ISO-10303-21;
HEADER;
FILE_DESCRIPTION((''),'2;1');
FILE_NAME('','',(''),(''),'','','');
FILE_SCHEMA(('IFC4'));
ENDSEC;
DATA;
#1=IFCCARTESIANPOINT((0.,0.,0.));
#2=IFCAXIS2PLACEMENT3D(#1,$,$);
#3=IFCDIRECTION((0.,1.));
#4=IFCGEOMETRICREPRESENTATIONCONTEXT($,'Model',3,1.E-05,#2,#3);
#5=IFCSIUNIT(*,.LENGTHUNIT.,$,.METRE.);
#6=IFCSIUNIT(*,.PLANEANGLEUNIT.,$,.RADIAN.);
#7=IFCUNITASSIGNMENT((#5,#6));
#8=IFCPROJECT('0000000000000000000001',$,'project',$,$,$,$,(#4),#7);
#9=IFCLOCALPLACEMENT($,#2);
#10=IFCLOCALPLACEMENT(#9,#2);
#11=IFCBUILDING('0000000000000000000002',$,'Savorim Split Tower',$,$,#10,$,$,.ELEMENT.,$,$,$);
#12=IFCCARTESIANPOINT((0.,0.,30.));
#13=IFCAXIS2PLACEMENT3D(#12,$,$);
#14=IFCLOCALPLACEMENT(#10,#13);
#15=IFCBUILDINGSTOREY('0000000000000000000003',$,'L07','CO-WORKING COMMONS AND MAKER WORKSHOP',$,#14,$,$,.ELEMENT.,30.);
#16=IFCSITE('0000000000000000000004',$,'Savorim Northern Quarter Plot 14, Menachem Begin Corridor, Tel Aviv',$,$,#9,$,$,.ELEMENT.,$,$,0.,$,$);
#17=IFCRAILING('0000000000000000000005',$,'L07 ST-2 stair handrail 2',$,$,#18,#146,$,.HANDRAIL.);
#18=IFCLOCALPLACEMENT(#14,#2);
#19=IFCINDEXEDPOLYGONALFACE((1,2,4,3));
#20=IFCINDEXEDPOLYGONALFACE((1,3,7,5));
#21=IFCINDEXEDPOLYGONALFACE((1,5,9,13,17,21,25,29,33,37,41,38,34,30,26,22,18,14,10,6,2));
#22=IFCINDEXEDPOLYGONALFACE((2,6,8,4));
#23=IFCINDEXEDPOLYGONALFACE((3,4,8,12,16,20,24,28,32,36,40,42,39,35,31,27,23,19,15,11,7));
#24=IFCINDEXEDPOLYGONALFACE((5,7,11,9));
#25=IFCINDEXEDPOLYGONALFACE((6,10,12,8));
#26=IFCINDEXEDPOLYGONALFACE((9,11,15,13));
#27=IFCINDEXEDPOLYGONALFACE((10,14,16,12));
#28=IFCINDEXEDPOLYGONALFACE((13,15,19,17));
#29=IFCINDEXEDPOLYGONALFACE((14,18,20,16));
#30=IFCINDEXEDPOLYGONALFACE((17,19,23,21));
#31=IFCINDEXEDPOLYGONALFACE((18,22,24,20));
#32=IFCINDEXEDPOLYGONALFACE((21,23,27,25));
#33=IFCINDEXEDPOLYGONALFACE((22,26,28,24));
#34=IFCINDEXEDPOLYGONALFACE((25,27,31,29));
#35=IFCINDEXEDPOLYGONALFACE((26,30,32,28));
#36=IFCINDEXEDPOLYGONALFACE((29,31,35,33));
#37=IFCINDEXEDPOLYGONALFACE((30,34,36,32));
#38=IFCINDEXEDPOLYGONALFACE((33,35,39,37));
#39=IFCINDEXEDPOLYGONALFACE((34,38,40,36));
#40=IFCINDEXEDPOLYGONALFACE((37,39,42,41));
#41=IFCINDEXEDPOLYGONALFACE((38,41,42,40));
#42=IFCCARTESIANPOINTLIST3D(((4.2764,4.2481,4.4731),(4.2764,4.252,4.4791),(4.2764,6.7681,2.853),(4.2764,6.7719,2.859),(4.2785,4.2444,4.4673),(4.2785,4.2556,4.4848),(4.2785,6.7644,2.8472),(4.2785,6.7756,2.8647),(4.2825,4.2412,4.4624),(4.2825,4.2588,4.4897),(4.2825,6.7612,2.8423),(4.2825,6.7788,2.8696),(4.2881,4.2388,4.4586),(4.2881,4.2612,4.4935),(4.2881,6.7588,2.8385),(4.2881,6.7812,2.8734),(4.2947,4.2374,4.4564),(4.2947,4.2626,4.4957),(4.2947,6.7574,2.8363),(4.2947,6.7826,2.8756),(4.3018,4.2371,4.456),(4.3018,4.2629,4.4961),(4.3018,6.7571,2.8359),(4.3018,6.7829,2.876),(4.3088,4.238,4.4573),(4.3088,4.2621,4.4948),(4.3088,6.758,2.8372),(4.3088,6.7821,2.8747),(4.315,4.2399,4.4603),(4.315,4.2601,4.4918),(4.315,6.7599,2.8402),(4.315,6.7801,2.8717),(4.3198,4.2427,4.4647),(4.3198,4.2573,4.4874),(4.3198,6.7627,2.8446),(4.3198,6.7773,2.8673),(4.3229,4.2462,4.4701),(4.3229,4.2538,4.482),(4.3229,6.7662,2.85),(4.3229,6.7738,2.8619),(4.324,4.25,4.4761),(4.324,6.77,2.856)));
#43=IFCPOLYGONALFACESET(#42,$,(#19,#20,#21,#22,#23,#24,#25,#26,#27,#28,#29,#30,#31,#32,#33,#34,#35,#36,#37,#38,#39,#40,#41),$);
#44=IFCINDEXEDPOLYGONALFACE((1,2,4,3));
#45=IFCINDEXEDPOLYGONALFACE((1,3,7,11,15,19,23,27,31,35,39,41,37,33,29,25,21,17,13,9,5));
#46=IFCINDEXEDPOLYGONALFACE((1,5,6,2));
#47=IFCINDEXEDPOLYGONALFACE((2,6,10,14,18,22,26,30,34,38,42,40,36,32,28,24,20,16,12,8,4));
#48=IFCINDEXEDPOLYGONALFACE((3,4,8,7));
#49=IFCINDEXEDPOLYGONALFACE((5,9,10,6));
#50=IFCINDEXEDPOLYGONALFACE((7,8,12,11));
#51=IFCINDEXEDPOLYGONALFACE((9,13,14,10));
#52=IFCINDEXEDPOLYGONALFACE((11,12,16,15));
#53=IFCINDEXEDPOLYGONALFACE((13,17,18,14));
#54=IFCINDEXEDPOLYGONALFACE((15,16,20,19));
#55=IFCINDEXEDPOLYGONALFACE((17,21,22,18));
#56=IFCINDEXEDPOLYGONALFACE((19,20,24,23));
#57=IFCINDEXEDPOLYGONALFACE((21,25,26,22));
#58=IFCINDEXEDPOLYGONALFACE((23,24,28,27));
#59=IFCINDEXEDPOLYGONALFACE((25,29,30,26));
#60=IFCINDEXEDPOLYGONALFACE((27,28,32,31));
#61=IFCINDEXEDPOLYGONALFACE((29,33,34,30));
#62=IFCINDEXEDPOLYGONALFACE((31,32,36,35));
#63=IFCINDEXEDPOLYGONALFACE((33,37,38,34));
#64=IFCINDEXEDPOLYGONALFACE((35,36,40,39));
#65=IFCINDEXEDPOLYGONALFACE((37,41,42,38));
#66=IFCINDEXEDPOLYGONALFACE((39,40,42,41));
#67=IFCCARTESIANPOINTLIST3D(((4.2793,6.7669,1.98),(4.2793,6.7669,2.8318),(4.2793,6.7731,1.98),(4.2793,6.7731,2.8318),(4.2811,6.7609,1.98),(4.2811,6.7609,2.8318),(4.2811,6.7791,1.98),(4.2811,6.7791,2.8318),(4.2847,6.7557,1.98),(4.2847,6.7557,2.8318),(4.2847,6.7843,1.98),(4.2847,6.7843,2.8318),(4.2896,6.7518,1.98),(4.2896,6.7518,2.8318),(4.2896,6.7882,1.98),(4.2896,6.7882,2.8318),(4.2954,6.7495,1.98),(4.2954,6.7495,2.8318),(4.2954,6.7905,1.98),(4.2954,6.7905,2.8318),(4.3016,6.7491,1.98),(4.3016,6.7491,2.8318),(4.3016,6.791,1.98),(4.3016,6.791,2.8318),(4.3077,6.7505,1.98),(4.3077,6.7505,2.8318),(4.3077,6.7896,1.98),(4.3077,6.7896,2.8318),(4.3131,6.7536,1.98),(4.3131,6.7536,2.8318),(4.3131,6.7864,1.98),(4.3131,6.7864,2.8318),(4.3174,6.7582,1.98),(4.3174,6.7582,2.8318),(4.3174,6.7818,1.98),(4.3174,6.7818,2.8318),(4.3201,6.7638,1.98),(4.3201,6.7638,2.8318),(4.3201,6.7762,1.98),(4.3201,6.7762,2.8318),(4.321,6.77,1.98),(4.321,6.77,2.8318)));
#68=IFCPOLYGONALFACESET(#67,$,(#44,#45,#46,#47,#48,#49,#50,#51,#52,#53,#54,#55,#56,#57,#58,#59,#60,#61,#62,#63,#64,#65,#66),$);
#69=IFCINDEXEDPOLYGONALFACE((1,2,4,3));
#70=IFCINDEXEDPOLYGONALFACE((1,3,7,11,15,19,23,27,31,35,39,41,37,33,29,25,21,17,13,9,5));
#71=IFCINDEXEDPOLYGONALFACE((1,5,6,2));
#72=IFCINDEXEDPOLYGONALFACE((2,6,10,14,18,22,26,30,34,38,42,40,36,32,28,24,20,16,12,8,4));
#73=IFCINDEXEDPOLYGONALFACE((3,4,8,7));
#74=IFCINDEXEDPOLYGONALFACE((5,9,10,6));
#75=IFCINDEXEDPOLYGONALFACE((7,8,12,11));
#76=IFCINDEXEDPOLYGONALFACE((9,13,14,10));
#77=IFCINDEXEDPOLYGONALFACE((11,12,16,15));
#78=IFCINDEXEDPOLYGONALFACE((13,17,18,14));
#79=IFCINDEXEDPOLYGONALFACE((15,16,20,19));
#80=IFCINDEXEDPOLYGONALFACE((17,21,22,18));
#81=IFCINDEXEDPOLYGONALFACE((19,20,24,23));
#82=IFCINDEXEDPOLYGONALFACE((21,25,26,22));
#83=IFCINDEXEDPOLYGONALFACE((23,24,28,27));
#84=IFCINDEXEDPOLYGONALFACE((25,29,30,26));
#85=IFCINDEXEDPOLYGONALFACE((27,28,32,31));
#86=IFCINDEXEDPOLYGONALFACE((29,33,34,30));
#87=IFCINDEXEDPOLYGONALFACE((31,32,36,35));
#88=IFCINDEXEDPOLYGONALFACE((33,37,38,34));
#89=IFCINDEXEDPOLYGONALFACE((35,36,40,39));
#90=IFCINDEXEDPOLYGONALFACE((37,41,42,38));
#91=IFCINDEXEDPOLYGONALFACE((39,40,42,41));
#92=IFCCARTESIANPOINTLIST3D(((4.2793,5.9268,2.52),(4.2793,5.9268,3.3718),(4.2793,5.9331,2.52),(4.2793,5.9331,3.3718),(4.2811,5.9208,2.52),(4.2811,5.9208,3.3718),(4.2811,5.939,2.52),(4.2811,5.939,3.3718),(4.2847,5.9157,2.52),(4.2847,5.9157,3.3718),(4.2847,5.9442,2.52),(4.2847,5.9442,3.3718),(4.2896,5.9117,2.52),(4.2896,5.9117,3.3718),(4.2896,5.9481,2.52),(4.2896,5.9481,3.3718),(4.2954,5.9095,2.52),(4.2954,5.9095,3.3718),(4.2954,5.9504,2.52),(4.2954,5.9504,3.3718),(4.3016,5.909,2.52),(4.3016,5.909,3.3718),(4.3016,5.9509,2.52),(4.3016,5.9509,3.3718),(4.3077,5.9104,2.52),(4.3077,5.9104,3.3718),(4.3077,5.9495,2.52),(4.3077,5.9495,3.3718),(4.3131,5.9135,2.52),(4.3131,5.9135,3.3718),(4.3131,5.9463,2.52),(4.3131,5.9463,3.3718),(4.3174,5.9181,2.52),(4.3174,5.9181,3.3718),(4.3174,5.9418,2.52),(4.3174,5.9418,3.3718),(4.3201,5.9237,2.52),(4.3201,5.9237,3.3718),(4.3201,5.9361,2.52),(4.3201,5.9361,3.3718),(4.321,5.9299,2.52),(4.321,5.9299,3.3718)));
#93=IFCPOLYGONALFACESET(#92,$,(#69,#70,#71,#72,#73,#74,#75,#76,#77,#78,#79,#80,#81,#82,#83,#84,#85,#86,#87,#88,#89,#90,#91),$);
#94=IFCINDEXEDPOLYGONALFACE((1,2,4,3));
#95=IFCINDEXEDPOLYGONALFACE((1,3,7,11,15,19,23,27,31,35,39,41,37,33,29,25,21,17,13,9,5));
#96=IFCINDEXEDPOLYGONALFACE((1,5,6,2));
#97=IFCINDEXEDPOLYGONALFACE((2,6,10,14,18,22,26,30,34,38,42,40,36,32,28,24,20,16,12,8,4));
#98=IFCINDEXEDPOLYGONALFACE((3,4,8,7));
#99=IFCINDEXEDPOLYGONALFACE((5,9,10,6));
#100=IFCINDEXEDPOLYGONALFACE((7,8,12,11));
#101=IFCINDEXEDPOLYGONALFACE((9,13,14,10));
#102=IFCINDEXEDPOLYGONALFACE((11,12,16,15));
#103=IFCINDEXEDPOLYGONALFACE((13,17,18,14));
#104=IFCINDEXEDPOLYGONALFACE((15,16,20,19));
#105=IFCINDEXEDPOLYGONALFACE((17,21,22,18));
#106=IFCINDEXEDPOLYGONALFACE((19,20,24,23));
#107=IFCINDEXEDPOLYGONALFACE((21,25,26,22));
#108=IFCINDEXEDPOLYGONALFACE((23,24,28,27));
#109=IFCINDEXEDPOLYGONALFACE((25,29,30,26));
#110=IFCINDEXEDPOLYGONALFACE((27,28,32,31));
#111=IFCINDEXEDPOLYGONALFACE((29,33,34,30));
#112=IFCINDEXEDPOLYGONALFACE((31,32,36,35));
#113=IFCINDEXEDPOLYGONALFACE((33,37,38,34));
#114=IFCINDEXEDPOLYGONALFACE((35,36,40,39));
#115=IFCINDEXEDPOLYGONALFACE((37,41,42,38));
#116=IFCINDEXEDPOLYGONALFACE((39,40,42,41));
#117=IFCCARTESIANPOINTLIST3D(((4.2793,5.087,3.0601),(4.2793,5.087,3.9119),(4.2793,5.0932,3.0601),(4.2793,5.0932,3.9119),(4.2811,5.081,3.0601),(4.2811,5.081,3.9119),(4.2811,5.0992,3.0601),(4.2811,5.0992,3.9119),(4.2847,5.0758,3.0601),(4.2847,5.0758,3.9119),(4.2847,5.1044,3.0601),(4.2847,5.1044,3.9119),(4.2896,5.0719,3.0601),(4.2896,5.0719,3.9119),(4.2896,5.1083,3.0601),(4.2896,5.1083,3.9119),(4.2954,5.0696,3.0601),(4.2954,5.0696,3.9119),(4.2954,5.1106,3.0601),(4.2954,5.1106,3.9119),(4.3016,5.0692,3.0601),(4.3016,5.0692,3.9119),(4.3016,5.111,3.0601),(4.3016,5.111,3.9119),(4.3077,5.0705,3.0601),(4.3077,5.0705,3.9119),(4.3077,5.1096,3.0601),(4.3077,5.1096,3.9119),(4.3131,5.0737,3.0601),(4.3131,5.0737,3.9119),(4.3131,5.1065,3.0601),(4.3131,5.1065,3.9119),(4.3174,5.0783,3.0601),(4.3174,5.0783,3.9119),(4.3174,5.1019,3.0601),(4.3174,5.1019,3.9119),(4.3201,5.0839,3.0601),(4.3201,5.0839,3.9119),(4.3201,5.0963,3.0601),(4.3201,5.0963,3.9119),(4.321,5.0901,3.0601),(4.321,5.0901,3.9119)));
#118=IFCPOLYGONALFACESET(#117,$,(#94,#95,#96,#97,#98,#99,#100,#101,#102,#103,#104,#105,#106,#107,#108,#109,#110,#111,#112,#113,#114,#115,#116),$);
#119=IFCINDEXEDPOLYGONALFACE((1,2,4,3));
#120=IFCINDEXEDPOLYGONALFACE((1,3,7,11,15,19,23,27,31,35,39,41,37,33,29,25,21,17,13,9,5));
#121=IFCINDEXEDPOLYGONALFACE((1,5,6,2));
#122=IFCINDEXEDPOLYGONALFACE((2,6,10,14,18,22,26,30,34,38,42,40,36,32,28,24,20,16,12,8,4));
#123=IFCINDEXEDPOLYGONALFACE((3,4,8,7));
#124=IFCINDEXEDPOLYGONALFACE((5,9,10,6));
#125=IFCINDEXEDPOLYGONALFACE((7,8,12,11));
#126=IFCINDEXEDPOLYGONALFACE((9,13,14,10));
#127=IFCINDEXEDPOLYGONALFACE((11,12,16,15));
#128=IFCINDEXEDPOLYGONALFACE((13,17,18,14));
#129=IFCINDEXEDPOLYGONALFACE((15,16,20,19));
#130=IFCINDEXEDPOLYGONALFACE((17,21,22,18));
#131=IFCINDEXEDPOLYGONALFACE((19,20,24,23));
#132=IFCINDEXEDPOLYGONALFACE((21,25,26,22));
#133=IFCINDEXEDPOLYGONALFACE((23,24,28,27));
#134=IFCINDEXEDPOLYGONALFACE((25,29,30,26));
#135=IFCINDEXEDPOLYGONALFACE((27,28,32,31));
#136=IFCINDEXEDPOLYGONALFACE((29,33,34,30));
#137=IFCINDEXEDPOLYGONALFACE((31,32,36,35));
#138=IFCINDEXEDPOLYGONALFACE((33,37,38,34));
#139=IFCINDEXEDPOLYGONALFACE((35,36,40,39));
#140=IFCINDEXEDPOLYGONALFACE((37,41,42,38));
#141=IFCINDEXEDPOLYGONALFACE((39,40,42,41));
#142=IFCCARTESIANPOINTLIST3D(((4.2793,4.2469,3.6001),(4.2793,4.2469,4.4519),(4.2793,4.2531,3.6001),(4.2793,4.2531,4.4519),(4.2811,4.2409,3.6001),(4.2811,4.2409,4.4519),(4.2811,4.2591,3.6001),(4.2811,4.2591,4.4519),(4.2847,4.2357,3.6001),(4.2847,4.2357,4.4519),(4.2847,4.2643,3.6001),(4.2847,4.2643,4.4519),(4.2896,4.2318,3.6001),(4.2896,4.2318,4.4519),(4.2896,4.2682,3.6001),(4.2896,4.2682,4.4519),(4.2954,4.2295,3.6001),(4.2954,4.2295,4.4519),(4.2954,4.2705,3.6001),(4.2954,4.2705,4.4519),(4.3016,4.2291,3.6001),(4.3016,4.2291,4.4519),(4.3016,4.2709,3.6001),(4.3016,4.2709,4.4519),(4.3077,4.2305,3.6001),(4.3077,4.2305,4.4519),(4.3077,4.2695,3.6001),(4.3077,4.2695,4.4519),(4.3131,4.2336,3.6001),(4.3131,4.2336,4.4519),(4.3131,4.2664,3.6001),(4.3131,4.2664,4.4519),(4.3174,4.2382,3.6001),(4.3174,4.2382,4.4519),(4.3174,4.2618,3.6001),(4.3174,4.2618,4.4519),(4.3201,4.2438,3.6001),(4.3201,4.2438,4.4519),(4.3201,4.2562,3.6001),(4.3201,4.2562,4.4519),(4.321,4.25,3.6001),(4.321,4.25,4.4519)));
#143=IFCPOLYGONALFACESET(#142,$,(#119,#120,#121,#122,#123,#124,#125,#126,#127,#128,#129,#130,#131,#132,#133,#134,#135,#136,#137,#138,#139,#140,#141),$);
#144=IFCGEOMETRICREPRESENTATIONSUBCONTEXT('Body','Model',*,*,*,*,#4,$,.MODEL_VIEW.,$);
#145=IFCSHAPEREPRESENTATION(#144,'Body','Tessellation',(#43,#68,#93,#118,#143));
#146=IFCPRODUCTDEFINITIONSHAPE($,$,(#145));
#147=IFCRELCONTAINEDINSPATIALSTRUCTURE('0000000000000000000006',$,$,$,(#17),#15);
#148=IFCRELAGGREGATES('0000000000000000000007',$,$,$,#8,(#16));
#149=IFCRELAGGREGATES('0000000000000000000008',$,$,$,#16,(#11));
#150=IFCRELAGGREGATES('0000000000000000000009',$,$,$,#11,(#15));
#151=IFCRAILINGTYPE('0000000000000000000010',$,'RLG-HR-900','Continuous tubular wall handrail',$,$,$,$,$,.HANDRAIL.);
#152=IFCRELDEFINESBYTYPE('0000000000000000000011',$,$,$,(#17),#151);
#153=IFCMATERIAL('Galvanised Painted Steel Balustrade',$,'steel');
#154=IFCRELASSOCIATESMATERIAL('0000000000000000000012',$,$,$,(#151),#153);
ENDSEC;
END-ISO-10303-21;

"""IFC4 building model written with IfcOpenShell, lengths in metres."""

from ifc_helpers import new_model, si_unit, direction, frame, origin, origin_2d, place, context, subcontext, project, spatial, circle, extrude, material, type_object, element, save


model = new_model("IFC4")

# Units and contexts
model_context = context("Model", 3, precision=1e-05, world=origin(), true_north=direction((0.0, 1.0)))
body_context = subcontext(model_context, "Body", "Model", "MODEL_VIEW")
ifc_project = project(units=[si_unit("LENGTHUNIT", "METRE"), si_unit("PLANEANGLEUNIT", "RADIAN")], contexts=[model_context])

# Site, building, storey
site_placement = place(None, origin())
site = spatial("IfcSite", under=ifc_project, at=site_placement, Name="Savorim Northern Quarter Plot 14, Menachem Begin Corridor, Tel Aviv", CompositionType="ELEMENT", RefElevation=0.0)
building_placement = place(site_placement, origin())
building = spatial("IfcBuilding", under=site, at=building_placement, Name="Savorim Split Tower", CompositionType="ELEMENT")
storey_placement = place(building_placement, frame((0.0, 0.0, 30.0)))
storey = spatial("IfcBuildingStorey", under=building, at=storey_placement, Name="L07", Description="CO-WORKING COMMONS AND MAKER WORKSHOP", CompositionType="ELEMENT", Elevation=30.0)

# Railing
ifc_material_1 = material(Name="Galvanised Painted Steel Balustrade", Category="steel")
railing_type_1 = type_object("IfcRailingType", Name="RLG-HR-900", Description="Continuous tubular wall handrail", PredefinedType="HANDRAIL", material=ifc_material_1)
railing_1_placement = place(storey_placement, frame((4.3, 6.77, 1.98)))
element("IfcRailing", 1, at=railing_1_placement, inside=storey, type_object=railing_type_1, Name="L07 ST-2 stair handrail 2", PredefinedType="HANDRAIL", context=body_context, shape_type="SweptSolid", body=[
    extrude(circle(Radius=0.0239, at=origin_2d()), frame((0.0, 0.0, 0.876), z_axis=(0.0, -0.841163, 0.540782), x_axis=(1.0, 0.0, 0.0)), (0.0, 0.0, 1.0), 2.9958),
    extrude(circle(Radius=0.021, at=origin_2d()), origin(), (0.0, 0.0, 1.0), 0.8518),
    extrude(circle(Radius=0.021, at=origin_2d()), frame((0.0, -0.8401, 0.54)), (0.0, 0.0, 1.0), 0.8518),
    extrude(circle(Radius=0.021, at=origin_2d()), frame((0.0, -1.6799, 1.0801)), (0.0, 0.0, 1.0), 0.8518),
    extrude(circle(Radius=0.021, at=origin_2d()), frame((0.0, -2.52, 1.6201)), (0.0, 0.0, 1.0), 0.8518),
])

save(model, "model.ifc")
